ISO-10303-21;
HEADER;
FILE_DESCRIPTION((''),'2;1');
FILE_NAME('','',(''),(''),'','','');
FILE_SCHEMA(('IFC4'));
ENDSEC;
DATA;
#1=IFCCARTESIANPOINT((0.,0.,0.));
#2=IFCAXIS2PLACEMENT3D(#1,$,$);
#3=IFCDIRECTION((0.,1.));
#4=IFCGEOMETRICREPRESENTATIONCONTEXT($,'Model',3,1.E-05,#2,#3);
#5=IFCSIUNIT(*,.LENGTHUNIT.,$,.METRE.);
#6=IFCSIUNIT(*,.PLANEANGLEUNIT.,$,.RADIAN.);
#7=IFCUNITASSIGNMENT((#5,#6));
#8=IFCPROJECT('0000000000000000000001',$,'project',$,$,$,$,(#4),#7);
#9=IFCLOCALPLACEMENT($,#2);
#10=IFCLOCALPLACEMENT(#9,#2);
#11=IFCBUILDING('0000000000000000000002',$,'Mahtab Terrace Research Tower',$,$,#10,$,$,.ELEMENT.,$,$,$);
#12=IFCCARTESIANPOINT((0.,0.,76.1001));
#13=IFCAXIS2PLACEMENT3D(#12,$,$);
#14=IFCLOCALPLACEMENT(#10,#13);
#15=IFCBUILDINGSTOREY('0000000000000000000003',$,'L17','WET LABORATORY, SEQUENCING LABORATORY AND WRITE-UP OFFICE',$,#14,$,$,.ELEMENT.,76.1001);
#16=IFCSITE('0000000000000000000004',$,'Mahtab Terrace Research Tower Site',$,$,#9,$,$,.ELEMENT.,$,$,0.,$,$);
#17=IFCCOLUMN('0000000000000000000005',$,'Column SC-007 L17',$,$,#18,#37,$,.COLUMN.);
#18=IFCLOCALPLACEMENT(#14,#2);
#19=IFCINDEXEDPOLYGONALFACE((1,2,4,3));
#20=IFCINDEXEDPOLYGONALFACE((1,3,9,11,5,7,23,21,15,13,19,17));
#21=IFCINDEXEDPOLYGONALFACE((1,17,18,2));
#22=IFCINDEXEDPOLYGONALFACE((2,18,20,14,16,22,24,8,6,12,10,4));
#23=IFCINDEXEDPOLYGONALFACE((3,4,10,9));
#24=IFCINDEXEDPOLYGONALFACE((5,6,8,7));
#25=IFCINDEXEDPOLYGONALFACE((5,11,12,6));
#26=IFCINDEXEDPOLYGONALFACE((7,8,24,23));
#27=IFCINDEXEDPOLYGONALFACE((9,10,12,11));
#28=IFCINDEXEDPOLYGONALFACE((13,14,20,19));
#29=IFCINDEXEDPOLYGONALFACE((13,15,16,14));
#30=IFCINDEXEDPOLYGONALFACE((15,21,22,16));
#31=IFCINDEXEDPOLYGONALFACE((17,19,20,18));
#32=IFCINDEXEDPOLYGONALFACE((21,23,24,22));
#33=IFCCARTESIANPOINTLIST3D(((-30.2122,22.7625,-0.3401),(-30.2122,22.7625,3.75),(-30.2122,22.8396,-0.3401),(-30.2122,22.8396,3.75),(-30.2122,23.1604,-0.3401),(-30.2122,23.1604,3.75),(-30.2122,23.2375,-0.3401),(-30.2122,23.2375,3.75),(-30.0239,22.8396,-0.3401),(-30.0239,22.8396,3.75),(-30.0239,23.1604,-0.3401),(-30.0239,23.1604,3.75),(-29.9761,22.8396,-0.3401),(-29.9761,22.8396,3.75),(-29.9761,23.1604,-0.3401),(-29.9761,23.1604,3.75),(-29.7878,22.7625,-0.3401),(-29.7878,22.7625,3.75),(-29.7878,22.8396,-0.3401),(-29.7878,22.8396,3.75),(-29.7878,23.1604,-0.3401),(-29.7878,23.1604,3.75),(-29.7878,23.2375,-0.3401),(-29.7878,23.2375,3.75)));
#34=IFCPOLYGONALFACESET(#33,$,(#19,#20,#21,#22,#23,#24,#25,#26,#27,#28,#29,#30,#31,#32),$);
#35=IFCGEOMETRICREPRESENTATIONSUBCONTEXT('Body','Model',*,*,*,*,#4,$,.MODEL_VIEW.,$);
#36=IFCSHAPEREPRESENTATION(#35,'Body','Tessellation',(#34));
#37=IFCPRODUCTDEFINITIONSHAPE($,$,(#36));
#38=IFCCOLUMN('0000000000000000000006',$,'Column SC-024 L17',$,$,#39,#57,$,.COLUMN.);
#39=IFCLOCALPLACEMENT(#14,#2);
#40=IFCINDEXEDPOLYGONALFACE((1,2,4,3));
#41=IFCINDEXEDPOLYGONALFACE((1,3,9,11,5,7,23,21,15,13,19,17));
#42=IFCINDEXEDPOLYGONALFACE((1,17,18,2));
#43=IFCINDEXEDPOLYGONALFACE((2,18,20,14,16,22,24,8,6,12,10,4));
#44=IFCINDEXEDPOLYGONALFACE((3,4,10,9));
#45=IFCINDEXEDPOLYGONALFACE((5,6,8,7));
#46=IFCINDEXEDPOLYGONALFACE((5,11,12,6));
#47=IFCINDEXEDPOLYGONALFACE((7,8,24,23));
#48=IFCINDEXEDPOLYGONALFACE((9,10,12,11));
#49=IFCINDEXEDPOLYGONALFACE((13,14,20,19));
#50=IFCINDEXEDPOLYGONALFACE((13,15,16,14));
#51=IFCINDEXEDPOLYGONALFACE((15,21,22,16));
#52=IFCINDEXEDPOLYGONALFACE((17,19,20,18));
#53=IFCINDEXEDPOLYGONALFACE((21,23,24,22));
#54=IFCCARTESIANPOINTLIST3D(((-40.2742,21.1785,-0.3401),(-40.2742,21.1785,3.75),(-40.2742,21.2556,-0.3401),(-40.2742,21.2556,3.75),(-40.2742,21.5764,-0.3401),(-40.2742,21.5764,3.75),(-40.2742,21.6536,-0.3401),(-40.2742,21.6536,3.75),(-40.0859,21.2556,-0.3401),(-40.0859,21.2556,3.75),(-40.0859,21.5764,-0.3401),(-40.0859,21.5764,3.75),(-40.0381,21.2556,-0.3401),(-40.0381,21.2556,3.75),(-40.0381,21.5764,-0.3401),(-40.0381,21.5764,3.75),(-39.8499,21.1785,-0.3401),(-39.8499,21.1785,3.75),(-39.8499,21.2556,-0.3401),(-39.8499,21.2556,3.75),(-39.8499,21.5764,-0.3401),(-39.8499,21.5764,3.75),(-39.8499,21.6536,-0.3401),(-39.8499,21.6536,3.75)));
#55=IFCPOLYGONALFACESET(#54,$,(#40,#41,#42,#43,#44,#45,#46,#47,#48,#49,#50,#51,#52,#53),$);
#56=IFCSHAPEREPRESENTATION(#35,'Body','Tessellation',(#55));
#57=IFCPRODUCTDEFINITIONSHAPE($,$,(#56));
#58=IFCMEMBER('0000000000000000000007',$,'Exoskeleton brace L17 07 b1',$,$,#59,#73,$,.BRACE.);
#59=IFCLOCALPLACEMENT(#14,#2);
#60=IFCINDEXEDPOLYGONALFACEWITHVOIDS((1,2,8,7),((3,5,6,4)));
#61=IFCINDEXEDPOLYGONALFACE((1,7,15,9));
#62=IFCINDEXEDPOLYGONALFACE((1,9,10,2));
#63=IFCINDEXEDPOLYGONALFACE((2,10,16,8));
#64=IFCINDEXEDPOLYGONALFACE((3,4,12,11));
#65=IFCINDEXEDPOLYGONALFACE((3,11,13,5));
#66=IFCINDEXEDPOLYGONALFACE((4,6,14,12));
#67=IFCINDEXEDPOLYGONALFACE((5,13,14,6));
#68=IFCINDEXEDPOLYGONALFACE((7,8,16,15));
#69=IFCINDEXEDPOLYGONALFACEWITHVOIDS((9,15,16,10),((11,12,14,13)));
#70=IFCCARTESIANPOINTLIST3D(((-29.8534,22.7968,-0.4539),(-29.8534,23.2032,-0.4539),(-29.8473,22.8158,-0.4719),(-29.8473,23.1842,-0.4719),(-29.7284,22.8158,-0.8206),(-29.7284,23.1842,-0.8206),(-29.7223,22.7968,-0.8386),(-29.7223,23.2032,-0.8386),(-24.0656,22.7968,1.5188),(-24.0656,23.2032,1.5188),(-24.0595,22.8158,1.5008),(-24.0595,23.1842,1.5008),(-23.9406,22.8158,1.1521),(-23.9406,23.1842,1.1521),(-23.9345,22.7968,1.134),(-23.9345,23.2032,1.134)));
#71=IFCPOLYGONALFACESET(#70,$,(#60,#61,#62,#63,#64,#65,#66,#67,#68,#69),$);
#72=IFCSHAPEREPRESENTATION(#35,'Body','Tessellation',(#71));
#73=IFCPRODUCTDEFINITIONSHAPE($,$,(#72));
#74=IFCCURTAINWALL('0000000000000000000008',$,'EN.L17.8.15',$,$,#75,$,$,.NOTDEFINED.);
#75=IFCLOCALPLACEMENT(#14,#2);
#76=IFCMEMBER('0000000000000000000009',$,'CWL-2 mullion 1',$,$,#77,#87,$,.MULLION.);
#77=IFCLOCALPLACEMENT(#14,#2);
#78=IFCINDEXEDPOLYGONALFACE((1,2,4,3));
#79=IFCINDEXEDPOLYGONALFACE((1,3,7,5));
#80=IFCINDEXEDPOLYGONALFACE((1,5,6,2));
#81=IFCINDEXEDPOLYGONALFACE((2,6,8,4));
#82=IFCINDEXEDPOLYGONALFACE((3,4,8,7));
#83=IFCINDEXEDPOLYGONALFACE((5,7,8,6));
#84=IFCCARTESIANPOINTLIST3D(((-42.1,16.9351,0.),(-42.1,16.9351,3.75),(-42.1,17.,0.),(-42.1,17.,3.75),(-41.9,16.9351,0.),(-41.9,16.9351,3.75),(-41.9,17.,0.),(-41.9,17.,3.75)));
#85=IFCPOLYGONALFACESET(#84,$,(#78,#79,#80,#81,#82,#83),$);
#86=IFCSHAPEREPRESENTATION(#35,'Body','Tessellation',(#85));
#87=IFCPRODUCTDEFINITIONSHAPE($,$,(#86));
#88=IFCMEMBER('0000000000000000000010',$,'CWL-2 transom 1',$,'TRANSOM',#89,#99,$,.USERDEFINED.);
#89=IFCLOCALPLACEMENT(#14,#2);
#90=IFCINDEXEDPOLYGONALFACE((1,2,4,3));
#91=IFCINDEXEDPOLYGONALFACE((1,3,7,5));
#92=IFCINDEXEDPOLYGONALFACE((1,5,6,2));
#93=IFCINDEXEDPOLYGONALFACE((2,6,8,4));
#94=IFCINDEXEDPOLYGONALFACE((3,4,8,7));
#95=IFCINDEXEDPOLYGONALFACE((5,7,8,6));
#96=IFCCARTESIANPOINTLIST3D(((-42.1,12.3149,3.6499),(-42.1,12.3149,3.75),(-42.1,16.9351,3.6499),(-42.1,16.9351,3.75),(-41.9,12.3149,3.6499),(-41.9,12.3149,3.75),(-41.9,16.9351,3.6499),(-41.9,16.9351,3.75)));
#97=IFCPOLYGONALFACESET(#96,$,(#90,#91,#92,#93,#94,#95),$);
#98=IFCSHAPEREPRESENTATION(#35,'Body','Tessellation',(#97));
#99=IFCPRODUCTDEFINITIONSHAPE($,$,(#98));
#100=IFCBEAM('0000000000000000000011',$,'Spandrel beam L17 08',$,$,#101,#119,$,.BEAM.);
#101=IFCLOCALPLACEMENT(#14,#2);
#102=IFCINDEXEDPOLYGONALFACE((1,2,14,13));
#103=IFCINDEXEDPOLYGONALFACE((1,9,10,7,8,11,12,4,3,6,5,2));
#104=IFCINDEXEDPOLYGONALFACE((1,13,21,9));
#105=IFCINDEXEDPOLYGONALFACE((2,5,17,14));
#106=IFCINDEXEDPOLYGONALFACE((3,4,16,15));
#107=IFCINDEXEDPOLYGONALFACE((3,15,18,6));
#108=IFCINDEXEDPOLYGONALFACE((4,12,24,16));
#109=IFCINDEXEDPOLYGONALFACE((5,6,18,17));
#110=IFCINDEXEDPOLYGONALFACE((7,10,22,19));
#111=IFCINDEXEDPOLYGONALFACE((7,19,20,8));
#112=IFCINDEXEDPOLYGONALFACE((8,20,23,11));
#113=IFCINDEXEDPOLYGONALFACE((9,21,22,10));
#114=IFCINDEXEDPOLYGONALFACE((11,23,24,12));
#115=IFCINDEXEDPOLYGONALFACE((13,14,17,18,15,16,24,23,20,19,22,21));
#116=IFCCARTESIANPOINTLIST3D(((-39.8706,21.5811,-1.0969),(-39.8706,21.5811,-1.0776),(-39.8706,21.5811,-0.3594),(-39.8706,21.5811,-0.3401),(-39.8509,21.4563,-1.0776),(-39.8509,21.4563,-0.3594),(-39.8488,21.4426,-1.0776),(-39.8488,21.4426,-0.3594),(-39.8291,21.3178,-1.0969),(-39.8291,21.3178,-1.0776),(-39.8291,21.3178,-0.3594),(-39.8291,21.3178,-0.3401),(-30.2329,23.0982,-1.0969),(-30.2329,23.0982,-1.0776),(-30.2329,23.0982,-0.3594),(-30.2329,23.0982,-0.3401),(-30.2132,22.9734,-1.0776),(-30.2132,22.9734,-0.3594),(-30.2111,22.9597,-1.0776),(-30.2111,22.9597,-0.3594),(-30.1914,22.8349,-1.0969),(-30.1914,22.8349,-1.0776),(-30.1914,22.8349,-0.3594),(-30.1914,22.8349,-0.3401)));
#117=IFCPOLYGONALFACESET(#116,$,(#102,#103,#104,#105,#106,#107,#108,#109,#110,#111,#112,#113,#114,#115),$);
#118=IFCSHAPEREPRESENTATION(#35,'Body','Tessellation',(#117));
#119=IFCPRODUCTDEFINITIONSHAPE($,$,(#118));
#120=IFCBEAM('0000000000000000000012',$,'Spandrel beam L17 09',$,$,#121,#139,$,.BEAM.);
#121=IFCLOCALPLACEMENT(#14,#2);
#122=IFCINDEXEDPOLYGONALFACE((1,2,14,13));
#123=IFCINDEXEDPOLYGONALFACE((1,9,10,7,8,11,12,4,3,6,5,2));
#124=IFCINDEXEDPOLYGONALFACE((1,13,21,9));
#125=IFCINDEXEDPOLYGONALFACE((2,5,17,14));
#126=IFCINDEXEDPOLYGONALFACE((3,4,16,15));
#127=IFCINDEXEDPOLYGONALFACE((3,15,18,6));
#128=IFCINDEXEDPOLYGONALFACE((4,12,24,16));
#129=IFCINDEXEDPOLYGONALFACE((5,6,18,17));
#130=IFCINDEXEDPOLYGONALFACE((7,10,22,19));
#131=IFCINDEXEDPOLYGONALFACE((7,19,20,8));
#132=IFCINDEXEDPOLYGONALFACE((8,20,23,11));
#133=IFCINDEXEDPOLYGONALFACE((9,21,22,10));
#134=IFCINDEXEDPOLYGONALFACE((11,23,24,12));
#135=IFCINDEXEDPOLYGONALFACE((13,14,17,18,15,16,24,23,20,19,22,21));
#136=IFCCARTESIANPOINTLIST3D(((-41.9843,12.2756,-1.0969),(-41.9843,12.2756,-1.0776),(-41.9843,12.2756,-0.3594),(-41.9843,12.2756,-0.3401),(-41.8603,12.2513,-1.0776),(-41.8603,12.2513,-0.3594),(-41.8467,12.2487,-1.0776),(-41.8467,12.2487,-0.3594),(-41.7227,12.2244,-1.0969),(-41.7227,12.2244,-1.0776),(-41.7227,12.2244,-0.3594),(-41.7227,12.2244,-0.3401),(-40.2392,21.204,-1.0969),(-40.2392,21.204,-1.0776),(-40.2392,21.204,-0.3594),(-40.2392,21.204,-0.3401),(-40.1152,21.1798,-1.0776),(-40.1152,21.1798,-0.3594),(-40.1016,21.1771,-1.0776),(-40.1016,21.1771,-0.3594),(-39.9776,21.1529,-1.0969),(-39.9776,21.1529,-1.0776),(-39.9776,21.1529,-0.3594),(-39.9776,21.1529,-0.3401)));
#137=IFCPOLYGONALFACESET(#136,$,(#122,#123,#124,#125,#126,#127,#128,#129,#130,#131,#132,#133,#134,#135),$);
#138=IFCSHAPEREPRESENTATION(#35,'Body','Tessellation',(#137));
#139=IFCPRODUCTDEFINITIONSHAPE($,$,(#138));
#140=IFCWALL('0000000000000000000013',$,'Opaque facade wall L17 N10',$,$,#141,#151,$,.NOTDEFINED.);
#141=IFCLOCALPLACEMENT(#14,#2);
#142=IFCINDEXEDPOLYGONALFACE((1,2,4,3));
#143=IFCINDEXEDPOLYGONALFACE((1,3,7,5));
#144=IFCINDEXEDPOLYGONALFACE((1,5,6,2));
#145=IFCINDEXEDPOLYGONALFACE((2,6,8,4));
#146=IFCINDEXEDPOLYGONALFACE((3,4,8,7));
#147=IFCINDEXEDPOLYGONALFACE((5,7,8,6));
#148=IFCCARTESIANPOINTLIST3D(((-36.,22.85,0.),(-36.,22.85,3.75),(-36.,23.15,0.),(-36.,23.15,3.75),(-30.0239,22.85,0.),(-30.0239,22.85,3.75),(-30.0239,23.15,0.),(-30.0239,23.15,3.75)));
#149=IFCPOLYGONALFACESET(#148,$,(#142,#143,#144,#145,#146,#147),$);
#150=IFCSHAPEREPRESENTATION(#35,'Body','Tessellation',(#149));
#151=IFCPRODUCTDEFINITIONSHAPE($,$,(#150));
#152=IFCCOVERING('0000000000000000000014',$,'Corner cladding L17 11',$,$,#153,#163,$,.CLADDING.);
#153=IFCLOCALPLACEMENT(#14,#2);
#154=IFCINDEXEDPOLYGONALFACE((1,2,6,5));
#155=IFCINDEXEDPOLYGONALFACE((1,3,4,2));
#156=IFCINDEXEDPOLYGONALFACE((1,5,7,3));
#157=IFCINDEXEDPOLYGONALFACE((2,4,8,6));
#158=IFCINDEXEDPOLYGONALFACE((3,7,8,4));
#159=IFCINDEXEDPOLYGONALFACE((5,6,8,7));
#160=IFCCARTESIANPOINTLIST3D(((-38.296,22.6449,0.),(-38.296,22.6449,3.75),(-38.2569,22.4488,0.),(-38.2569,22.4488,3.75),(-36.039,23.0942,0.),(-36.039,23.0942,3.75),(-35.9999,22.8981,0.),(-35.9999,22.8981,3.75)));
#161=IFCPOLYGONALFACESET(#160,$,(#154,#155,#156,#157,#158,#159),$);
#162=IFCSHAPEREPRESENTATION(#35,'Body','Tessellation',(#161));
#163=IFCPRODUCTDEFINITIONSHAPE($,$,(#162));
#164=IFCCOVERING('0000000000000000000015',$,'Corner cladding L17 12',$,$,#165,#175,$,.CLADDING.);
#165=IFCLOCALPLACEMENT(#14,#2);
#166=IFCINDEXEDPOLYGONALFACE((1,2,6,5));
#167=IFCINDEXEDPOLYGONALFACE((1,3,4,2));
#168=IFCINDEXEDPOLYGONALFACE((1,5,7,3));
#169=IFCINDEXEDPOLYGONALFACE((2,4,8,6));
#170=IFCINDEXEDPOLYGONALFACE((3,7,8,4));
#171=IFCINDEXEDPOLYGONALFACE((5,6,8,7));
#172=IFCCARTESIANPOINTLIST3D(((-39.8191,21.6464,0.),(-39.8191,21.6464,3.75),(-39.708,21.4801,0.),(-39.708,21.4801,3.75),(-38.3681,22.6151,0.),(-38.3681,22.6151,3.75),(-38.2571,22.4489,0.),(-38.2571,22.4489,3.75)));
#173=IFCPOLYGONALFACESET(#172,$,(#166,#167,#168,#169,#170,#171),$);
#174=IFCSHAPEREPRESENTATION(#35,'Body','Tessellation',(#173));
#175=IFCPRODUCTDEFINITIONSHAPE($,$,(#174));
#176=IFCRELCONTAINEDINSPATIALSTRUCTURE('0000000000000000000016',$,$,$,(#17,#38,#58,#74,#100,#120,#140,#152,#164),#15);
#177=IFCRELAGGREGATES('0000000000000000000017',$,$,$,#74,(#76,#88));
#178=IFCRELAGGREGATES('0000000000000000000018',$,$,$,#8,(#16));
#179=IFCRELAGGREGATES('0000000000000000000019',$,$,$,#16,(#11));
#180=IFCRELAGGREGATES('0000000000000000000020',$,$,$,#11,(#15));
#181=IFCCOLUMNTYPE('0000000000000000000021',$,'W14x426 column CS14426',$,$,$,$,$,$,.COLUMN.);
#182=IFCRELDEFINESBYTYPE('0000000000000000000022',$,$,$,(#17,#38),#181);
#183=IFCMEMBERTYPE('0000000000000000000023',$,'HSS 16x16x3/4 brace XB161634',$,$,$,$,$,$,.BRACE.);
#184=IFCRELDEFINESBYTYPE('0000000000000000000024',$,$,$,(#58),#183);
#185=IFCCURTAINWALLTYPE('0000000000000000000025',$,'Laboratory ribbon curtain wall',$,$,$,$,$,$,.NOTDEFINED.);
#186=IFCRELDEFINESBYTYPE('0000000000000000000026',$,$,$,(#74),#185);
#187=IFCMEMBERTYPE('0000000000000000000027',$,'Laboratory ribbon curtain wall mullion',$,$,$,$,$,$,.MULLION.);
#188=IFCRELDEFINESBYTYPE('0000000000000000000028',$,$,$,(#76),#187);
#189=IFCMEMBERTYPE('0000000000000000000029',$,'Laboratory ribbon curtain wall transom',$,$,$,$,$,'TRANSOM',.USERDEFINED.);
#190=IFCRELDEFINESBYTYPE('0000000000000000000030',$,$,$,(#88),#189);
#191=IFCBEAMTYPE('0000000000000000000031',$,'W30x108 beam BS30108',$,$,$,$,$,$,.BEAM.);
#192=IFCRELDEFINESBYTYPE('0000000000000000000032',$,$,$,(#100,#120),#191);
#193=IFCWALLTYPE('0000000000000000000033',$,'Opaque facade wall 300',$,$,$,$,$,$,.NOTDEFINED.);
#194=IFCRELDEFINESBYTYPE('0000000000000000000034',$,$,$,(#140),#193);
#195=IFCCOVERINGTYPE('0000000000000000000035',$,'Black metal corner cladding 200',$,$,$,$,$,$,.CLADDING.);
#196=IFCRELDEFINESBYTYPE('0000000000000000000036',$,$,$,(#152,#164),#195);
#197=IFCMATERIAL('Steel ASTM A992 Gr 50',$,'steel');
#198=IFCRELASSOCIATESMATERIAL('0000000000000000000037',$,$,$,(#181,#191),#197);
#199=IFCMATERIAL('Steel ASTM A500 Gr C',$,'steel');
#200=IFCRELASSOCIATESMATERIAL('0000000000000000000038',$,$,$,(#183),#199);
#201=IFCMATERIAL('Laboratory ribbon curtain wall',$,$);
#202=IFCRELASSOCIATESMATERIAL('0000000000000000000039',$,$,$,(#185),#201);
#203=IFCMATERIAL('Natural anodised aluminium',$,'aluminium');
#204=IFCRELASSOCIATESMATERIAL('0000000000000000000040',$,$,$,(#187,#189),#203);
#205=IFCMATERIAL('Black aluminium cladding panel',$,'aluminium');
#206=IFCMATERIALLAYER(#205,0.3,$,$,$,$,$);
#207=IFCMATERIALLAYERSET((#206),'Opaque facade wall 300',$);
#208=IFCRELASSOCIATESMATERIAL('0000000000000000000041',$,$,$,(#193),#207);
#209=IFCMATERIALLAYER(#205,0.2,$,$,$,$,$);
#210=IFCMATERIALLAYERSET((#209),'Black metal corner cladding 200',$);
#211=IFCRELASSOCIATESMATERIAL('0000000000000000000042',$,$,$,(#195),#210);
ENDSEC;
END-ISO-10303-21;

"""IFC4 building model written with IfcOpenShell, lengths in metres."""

from ifc_helpers import new_model, si_unit, direction, frame, frame_2d, origin, origin_2d, place, context, subcontext, project, spatial, rectangle, hollow_rectangle, i_section, extrude, material, layer, layer_set, material_profile, profile_set, type_object, element, aggregate, save


model = new_model("IFC4")

# Units and contexts
model_context = context("Model", 3, precision=1e-05, world=origin(), true_north=direction((0.0, 1.0)))
body_context = subcontext(model_context, "Body", "Model", "MODEL_VIEW")
ifc_project = project(units=[si_unit("LENGTHUNIT", "METRE"), si_unit("PLANEANGLEUNIT", "RADIAN")], contexts=[model_context])

# Site, building, storey
site_placement = place(None, origin())
site = spatial("IfcSite", under=ifc_project, at=site_placement, Name="Mahtab Terrace Research Tower Site", CompositionType="ELEMENT", RefElevation=0.0)
building_placement = place(site_placement, origin())
building = spatial("IfcBuilding", under=site, at=building_placement, Name="Mahtab Terrace Research Tower", CompositionType="ELEMENT")
storey_placement = place(building_placement, frame((0.0, 0.0, 76.1001)))
storey = spatial("IfcBuildingStorey", under=building, at=storey_placement, Name="L17", Description="WET LABORATORY, SEQUENCING LABORATORY AND WRITE-UP OFFICE", CompositionType="ELEMENT", Elevation=76.1001)

# Columns
ifc_material_1 = material(Name="Steel ASTM A992 Gr 50", Category="steel")
ifc_material_profile_1 = material_profile(ifc_material_1, i_section(OverallWidth=0.4243, OverallDepth=0.4751, WebThickness=0.0479, FlangeThickness=0.0771, at=origin_2d()), Name="W14X426")
ifc_profile_set_1 = profile_set([ifc_material_profile_1], Name="Steel ASTM A992 Gr 50")
column_type = type_object("IfcColumnType", Name="W14x426 column CS14426", PredefinedType="COLUMN", material=ifc_profile_set_1)
for number, where, z_axis, x_axis, name in (
    (1, (-30.0, 23.0, -0.3401), (0.0, 0.0, 1.0), (1.0, 0.0, 0.0), "Column SC-007 L17"),
    (2, (-40.062, 21.416, -0.3401), (0.0, 0.0, 1.0), (1.0, 0.0, 0.0), "Column SC-024 L17"),
):
    element("IfcColumn", number, at=place(storey_placement, frame(where, z_axis=z_axis, x_axis=x_axis)), inside=storey, type_object=column_type, Name=name, PredefinedType="COLUMN", context=body_context, shape_type="SweptSolid", body=[
        extrude(i_section(OverallWidth=0.4243, OverallDepth=0.4751, WebThickness=0.0479, FlangeThickness=0.0771, at=origin_2d()), origin(), (0.0, 0.0, 1.0), 4.0901),
    ])

# Member
ifc_material_2 = material(Name="Steel ASTM A500 Gr C", Category="steel")
ifc_material_profile_2 = material_profile(ifc_material_2, hollow_rectangle(XDim=0.4065, YDim=0.4065, WallThickness=0.019, at=origin_2d()), Name="HSS16X16X3/4")
ifc_profile_set_2 = profile_set([ifc_material_profile_2], Name="Steel ASTM A500 Gr C")
member_type_1 = type_object("IfcMemberType", Name="HSS 16x16x3/4 brace XB161634", PredefinedType="BRACE", material=ifc_profile_set_2)
member_1_placement = place(storey_placement, frame((-29.7878, 23.0, -0.6462), z_axis=(0.946534, 0.0, 0.322605), x_axis=(0.0, 1.0, 0.0)))
element("IfcMember", 3, at=member_1_placement, inside=storey, type_object=member_type_1, Name="Exoskeleton brace L17 07 b1", PredefinedType="BRACE", context=body_context, shape_type="SweptSolid", body=[
    extrude(hollow_rectangle(XDim=0.4065, YDim=0.4065, WallThickness=0.019, at=origin_2d()), origin(), (0.0, 0.0, 1.0), 6.1147),
])

# Curtain wall, members
ifc_material_3 = material(Name="Laboratory ribbon curtain wall")
curtain_wall_type = type_object("IfcCurtainWallType", Name="Laboratory ribbon curtain wall", PredefinedType="NOTDEFINED", material=ifc_material_3)
curtain_wall_placement = place(storey_placement, origin())
curtain_wall = element("IfcCurtainWall", 4, at=curtain_wall_placement, inside=storey, type_object=curtain_wall_type, Name="EN.L17.8.15", PredefinedType="NOTDEFINED")
ifc_material_4 = material(Name="Natural anodised aluminium", Category="aluminium")
ifc_material_profile_3 = material_profile(ifc_material_4, rectangle(XDim=0.2, YDim=0.0649, at=origin_2d()), Name="MULLION 65x200")
ifc_profile_set_3 = profile_set([ifc_material_profile_3], Name="Natural anodised aluminium")
member_type_2 = type_object("IfcMemberType", Name="Laboratory ribbon curtain wall mullion", PredefinedType="MULLION", material=ifc_profile_set_3)
member_2_placement = place(storey_placement, frame((-42.0, 16.9675, 0.0), z_axis=(0.0, 0.0, 1.0), x_axis=(1.0, 0.0, 0.0)))
member_2 = element("IfcMember", 5, at=member_2_placement, type_object=member_type_2, Name="CWL-2 mullion 1", PredefinedType="MULLION", context=body_context, shape_type="SweptSolid", body=[
    extrude(rectangle(XDim=0.2, YDim=0.0649, at=origin_2d()), origin(), (0.0, 0.0, 1.0), 3.75),
])
ifc_material_profile_4 = material_profile(ifc_material_4, rectangle(XDim=0.2, YDim=0.1001, at=origin_2d()), Name="TRANSOM 100x200")
ifc_profile_set_4 = profile_set([ifc_material_profile_4], Name="Natural anodised aluminium")
member_type_3 = type_object("IfcMemberType", Name="Laboratory ribbon curtain wall transom", ElementType="TRANSOM", PredefinedType="USERDEFINED", material=ifc_profile_set_4)
member_3_placement = place(storey_placement, frame((-42.0, 16.9351, 3.7), z_axis=(0.0, -1.0, 0.0), x_axis=(1.0, 0.0, 0.0)))
member_3 = element("IfcMember", 6, at=member_3_placement, type_object=member_type_3, Name="CWL-2 transom 1", ObjectType="TRANSOM", PredefinedType="USERDEFINED", context=body_context, shape_type="SweptSolid", body=[
    extrude(rectangle(XDim=0.2, YDim=0.1001, at=origin_2d()), origin(), (0.0, 0.0, 1.0), 4.6201),
])
aggregate(curtain_wall, [member_2, member_3])

# Beams
ifc_material_profile_5 = material_profile(ifc_material_1, i_section(OverallWidth=0.2666, OverallDepth=0.7568, WebThickness=0.0139, FlangeThickness=0.0193, at=origin_2d()), Name="W30X108")
ifc_profile_set_5 = profile_set([ifc_material_profile_5], Name="Steel ASTM A992 Gr 50")
beam_type = type_object("IfcBeamType", Name="W30x108 beam BS30108", PredefinedType="BEAM", material=ifc_profile_set_5)
beam_1_placement = place(storey_placement, frame((-30.2122, 22.9666, -0.7185), z_axis=(-0.987836, -0.155497, 0.0), x_axis=(0.155497, -0.987836, 0.0)))
element("IfcBeam", 7, at=beam_1_placement, inside=storey, type_object=beam_type, Name="Spandrel beam L17 08", PredefinedType="BEAM", context=body_context, shape_type="SweptSolid", body=[
    extrude(i_section(OverallWidth=0.2666, OverallDepth=0.7568, WebThickness=0.0139, FlangeThickness=0.0193, at=origin_2d()), origin(), (0.0, 0.0, 1.0), 9.7563),
])
beam_2_placement = place(storey_placement, frame((-40.1084, 21.1785, -0.7185), z_axis=(-0.191826, -0.981429, 0.0), x_axis=(0.981429, -0.191826, 0.0)))
element("IfcBeam", 8, at=beam_2_placement, inside=storey, type_object=beam_type, Name="Spandrel beam L17 09", PredefinedType="BEAM", context=body_context, shape_type="SweptSolid", body=[
    extrude(i_section(OverallWidth=0.2666, OverallDepth=0.7568, WebThickness=0.0139, FlangeThickness=0.0193, at=origin_2d()), origin(), (0.0, 0.0, 1.0), 9.0974),
])

# Wall
ifc_material_5 = material(Name="Black aluminium cladding panel", Category="aluminium")
ifc_layer_1 = layer(ifc_material_5, 0.3)
ifc_layer_set_1 = layer_set([ifc_layer_1], Name="Opaque facade wall 300")
wall_type_1 = type_object("IfcWallType", Name="Opaque facade wall 300", PredefinedType="NOTDEFINED", material=ifc_layer_set_1)
wall_1_placement = place(storey_placement, frame((-30.0239, 23.0, 0.0), z_axis=(0.0, 0.0, 1.0), x_axis=(-1.0, 0.0, 0.0)))
element("IfcWall", 9, at=wall_1_placement, inside=storey, type_object=wall_type_1, Name="Opaque facade wall L17 N10", PredefinedType="NOTDEFINED", context=body_context, shape_type="SweptSolid", body=[
    extrude(rectangle(XDim=5.9761, YDim=0.3, at=frame_2d((2.988, 0.0))), origin(), (0.0, 0.0, 1.0), 3.75),
])

# Coverings
ifc_layer_2 = layer(ifc_material_5, 0.2)
ifc_layer_set_2 = layer_set([ifc_layer_2], Name="Black metal corner cladding 200")
covering_type = type_object("IfcCoveringType", Name="Black metal corner cladding 200", PredefinedType="CLADDING", material=ifc_layer_set_2)
covering_1_placement = place(storey_placement, frame((-37.1479, 22.7715, 0.0), z_axis=(0.0, 0.0, 1.0), x_axis=(-0.980761, -0.195212, 0.0)))
element("IfcCovering", 10, at=covering_1_placement, inside=storey, type_object=covering_type, Name="Corner cladding L17 11", PredefinedType="CLADDING", context=body_context, shape_type="SweptSolid", body=[
    extrude(rectangle(XDim=2.3013, YDim=0.2, at=origin_2d()), origin(), (0.0, 0.0, 1.0), 3.75),
])
covering_2_placement = place(storey_placement, frame((-39.0381, 22.0476, 0.0), z_axis=(0.0, 0.0, 1.0), x_axis=(-0.831656, -0.555291, 0.0)))
element("IfcCovering", 11, at=covering_2_placement, inside=storey, type_object=covering_type, Name="Corner cladding L17 12", PredefinedType="CLADDING", context=body_context, shape_type="SweptSolid", body=[
    extrude(rectangle(XDim=1.7446, YDim=0.2, at=origin_2d()), origin(), (0.0, 0.0, 1.0), 3.75),
])

save(model, "model.ifc")
